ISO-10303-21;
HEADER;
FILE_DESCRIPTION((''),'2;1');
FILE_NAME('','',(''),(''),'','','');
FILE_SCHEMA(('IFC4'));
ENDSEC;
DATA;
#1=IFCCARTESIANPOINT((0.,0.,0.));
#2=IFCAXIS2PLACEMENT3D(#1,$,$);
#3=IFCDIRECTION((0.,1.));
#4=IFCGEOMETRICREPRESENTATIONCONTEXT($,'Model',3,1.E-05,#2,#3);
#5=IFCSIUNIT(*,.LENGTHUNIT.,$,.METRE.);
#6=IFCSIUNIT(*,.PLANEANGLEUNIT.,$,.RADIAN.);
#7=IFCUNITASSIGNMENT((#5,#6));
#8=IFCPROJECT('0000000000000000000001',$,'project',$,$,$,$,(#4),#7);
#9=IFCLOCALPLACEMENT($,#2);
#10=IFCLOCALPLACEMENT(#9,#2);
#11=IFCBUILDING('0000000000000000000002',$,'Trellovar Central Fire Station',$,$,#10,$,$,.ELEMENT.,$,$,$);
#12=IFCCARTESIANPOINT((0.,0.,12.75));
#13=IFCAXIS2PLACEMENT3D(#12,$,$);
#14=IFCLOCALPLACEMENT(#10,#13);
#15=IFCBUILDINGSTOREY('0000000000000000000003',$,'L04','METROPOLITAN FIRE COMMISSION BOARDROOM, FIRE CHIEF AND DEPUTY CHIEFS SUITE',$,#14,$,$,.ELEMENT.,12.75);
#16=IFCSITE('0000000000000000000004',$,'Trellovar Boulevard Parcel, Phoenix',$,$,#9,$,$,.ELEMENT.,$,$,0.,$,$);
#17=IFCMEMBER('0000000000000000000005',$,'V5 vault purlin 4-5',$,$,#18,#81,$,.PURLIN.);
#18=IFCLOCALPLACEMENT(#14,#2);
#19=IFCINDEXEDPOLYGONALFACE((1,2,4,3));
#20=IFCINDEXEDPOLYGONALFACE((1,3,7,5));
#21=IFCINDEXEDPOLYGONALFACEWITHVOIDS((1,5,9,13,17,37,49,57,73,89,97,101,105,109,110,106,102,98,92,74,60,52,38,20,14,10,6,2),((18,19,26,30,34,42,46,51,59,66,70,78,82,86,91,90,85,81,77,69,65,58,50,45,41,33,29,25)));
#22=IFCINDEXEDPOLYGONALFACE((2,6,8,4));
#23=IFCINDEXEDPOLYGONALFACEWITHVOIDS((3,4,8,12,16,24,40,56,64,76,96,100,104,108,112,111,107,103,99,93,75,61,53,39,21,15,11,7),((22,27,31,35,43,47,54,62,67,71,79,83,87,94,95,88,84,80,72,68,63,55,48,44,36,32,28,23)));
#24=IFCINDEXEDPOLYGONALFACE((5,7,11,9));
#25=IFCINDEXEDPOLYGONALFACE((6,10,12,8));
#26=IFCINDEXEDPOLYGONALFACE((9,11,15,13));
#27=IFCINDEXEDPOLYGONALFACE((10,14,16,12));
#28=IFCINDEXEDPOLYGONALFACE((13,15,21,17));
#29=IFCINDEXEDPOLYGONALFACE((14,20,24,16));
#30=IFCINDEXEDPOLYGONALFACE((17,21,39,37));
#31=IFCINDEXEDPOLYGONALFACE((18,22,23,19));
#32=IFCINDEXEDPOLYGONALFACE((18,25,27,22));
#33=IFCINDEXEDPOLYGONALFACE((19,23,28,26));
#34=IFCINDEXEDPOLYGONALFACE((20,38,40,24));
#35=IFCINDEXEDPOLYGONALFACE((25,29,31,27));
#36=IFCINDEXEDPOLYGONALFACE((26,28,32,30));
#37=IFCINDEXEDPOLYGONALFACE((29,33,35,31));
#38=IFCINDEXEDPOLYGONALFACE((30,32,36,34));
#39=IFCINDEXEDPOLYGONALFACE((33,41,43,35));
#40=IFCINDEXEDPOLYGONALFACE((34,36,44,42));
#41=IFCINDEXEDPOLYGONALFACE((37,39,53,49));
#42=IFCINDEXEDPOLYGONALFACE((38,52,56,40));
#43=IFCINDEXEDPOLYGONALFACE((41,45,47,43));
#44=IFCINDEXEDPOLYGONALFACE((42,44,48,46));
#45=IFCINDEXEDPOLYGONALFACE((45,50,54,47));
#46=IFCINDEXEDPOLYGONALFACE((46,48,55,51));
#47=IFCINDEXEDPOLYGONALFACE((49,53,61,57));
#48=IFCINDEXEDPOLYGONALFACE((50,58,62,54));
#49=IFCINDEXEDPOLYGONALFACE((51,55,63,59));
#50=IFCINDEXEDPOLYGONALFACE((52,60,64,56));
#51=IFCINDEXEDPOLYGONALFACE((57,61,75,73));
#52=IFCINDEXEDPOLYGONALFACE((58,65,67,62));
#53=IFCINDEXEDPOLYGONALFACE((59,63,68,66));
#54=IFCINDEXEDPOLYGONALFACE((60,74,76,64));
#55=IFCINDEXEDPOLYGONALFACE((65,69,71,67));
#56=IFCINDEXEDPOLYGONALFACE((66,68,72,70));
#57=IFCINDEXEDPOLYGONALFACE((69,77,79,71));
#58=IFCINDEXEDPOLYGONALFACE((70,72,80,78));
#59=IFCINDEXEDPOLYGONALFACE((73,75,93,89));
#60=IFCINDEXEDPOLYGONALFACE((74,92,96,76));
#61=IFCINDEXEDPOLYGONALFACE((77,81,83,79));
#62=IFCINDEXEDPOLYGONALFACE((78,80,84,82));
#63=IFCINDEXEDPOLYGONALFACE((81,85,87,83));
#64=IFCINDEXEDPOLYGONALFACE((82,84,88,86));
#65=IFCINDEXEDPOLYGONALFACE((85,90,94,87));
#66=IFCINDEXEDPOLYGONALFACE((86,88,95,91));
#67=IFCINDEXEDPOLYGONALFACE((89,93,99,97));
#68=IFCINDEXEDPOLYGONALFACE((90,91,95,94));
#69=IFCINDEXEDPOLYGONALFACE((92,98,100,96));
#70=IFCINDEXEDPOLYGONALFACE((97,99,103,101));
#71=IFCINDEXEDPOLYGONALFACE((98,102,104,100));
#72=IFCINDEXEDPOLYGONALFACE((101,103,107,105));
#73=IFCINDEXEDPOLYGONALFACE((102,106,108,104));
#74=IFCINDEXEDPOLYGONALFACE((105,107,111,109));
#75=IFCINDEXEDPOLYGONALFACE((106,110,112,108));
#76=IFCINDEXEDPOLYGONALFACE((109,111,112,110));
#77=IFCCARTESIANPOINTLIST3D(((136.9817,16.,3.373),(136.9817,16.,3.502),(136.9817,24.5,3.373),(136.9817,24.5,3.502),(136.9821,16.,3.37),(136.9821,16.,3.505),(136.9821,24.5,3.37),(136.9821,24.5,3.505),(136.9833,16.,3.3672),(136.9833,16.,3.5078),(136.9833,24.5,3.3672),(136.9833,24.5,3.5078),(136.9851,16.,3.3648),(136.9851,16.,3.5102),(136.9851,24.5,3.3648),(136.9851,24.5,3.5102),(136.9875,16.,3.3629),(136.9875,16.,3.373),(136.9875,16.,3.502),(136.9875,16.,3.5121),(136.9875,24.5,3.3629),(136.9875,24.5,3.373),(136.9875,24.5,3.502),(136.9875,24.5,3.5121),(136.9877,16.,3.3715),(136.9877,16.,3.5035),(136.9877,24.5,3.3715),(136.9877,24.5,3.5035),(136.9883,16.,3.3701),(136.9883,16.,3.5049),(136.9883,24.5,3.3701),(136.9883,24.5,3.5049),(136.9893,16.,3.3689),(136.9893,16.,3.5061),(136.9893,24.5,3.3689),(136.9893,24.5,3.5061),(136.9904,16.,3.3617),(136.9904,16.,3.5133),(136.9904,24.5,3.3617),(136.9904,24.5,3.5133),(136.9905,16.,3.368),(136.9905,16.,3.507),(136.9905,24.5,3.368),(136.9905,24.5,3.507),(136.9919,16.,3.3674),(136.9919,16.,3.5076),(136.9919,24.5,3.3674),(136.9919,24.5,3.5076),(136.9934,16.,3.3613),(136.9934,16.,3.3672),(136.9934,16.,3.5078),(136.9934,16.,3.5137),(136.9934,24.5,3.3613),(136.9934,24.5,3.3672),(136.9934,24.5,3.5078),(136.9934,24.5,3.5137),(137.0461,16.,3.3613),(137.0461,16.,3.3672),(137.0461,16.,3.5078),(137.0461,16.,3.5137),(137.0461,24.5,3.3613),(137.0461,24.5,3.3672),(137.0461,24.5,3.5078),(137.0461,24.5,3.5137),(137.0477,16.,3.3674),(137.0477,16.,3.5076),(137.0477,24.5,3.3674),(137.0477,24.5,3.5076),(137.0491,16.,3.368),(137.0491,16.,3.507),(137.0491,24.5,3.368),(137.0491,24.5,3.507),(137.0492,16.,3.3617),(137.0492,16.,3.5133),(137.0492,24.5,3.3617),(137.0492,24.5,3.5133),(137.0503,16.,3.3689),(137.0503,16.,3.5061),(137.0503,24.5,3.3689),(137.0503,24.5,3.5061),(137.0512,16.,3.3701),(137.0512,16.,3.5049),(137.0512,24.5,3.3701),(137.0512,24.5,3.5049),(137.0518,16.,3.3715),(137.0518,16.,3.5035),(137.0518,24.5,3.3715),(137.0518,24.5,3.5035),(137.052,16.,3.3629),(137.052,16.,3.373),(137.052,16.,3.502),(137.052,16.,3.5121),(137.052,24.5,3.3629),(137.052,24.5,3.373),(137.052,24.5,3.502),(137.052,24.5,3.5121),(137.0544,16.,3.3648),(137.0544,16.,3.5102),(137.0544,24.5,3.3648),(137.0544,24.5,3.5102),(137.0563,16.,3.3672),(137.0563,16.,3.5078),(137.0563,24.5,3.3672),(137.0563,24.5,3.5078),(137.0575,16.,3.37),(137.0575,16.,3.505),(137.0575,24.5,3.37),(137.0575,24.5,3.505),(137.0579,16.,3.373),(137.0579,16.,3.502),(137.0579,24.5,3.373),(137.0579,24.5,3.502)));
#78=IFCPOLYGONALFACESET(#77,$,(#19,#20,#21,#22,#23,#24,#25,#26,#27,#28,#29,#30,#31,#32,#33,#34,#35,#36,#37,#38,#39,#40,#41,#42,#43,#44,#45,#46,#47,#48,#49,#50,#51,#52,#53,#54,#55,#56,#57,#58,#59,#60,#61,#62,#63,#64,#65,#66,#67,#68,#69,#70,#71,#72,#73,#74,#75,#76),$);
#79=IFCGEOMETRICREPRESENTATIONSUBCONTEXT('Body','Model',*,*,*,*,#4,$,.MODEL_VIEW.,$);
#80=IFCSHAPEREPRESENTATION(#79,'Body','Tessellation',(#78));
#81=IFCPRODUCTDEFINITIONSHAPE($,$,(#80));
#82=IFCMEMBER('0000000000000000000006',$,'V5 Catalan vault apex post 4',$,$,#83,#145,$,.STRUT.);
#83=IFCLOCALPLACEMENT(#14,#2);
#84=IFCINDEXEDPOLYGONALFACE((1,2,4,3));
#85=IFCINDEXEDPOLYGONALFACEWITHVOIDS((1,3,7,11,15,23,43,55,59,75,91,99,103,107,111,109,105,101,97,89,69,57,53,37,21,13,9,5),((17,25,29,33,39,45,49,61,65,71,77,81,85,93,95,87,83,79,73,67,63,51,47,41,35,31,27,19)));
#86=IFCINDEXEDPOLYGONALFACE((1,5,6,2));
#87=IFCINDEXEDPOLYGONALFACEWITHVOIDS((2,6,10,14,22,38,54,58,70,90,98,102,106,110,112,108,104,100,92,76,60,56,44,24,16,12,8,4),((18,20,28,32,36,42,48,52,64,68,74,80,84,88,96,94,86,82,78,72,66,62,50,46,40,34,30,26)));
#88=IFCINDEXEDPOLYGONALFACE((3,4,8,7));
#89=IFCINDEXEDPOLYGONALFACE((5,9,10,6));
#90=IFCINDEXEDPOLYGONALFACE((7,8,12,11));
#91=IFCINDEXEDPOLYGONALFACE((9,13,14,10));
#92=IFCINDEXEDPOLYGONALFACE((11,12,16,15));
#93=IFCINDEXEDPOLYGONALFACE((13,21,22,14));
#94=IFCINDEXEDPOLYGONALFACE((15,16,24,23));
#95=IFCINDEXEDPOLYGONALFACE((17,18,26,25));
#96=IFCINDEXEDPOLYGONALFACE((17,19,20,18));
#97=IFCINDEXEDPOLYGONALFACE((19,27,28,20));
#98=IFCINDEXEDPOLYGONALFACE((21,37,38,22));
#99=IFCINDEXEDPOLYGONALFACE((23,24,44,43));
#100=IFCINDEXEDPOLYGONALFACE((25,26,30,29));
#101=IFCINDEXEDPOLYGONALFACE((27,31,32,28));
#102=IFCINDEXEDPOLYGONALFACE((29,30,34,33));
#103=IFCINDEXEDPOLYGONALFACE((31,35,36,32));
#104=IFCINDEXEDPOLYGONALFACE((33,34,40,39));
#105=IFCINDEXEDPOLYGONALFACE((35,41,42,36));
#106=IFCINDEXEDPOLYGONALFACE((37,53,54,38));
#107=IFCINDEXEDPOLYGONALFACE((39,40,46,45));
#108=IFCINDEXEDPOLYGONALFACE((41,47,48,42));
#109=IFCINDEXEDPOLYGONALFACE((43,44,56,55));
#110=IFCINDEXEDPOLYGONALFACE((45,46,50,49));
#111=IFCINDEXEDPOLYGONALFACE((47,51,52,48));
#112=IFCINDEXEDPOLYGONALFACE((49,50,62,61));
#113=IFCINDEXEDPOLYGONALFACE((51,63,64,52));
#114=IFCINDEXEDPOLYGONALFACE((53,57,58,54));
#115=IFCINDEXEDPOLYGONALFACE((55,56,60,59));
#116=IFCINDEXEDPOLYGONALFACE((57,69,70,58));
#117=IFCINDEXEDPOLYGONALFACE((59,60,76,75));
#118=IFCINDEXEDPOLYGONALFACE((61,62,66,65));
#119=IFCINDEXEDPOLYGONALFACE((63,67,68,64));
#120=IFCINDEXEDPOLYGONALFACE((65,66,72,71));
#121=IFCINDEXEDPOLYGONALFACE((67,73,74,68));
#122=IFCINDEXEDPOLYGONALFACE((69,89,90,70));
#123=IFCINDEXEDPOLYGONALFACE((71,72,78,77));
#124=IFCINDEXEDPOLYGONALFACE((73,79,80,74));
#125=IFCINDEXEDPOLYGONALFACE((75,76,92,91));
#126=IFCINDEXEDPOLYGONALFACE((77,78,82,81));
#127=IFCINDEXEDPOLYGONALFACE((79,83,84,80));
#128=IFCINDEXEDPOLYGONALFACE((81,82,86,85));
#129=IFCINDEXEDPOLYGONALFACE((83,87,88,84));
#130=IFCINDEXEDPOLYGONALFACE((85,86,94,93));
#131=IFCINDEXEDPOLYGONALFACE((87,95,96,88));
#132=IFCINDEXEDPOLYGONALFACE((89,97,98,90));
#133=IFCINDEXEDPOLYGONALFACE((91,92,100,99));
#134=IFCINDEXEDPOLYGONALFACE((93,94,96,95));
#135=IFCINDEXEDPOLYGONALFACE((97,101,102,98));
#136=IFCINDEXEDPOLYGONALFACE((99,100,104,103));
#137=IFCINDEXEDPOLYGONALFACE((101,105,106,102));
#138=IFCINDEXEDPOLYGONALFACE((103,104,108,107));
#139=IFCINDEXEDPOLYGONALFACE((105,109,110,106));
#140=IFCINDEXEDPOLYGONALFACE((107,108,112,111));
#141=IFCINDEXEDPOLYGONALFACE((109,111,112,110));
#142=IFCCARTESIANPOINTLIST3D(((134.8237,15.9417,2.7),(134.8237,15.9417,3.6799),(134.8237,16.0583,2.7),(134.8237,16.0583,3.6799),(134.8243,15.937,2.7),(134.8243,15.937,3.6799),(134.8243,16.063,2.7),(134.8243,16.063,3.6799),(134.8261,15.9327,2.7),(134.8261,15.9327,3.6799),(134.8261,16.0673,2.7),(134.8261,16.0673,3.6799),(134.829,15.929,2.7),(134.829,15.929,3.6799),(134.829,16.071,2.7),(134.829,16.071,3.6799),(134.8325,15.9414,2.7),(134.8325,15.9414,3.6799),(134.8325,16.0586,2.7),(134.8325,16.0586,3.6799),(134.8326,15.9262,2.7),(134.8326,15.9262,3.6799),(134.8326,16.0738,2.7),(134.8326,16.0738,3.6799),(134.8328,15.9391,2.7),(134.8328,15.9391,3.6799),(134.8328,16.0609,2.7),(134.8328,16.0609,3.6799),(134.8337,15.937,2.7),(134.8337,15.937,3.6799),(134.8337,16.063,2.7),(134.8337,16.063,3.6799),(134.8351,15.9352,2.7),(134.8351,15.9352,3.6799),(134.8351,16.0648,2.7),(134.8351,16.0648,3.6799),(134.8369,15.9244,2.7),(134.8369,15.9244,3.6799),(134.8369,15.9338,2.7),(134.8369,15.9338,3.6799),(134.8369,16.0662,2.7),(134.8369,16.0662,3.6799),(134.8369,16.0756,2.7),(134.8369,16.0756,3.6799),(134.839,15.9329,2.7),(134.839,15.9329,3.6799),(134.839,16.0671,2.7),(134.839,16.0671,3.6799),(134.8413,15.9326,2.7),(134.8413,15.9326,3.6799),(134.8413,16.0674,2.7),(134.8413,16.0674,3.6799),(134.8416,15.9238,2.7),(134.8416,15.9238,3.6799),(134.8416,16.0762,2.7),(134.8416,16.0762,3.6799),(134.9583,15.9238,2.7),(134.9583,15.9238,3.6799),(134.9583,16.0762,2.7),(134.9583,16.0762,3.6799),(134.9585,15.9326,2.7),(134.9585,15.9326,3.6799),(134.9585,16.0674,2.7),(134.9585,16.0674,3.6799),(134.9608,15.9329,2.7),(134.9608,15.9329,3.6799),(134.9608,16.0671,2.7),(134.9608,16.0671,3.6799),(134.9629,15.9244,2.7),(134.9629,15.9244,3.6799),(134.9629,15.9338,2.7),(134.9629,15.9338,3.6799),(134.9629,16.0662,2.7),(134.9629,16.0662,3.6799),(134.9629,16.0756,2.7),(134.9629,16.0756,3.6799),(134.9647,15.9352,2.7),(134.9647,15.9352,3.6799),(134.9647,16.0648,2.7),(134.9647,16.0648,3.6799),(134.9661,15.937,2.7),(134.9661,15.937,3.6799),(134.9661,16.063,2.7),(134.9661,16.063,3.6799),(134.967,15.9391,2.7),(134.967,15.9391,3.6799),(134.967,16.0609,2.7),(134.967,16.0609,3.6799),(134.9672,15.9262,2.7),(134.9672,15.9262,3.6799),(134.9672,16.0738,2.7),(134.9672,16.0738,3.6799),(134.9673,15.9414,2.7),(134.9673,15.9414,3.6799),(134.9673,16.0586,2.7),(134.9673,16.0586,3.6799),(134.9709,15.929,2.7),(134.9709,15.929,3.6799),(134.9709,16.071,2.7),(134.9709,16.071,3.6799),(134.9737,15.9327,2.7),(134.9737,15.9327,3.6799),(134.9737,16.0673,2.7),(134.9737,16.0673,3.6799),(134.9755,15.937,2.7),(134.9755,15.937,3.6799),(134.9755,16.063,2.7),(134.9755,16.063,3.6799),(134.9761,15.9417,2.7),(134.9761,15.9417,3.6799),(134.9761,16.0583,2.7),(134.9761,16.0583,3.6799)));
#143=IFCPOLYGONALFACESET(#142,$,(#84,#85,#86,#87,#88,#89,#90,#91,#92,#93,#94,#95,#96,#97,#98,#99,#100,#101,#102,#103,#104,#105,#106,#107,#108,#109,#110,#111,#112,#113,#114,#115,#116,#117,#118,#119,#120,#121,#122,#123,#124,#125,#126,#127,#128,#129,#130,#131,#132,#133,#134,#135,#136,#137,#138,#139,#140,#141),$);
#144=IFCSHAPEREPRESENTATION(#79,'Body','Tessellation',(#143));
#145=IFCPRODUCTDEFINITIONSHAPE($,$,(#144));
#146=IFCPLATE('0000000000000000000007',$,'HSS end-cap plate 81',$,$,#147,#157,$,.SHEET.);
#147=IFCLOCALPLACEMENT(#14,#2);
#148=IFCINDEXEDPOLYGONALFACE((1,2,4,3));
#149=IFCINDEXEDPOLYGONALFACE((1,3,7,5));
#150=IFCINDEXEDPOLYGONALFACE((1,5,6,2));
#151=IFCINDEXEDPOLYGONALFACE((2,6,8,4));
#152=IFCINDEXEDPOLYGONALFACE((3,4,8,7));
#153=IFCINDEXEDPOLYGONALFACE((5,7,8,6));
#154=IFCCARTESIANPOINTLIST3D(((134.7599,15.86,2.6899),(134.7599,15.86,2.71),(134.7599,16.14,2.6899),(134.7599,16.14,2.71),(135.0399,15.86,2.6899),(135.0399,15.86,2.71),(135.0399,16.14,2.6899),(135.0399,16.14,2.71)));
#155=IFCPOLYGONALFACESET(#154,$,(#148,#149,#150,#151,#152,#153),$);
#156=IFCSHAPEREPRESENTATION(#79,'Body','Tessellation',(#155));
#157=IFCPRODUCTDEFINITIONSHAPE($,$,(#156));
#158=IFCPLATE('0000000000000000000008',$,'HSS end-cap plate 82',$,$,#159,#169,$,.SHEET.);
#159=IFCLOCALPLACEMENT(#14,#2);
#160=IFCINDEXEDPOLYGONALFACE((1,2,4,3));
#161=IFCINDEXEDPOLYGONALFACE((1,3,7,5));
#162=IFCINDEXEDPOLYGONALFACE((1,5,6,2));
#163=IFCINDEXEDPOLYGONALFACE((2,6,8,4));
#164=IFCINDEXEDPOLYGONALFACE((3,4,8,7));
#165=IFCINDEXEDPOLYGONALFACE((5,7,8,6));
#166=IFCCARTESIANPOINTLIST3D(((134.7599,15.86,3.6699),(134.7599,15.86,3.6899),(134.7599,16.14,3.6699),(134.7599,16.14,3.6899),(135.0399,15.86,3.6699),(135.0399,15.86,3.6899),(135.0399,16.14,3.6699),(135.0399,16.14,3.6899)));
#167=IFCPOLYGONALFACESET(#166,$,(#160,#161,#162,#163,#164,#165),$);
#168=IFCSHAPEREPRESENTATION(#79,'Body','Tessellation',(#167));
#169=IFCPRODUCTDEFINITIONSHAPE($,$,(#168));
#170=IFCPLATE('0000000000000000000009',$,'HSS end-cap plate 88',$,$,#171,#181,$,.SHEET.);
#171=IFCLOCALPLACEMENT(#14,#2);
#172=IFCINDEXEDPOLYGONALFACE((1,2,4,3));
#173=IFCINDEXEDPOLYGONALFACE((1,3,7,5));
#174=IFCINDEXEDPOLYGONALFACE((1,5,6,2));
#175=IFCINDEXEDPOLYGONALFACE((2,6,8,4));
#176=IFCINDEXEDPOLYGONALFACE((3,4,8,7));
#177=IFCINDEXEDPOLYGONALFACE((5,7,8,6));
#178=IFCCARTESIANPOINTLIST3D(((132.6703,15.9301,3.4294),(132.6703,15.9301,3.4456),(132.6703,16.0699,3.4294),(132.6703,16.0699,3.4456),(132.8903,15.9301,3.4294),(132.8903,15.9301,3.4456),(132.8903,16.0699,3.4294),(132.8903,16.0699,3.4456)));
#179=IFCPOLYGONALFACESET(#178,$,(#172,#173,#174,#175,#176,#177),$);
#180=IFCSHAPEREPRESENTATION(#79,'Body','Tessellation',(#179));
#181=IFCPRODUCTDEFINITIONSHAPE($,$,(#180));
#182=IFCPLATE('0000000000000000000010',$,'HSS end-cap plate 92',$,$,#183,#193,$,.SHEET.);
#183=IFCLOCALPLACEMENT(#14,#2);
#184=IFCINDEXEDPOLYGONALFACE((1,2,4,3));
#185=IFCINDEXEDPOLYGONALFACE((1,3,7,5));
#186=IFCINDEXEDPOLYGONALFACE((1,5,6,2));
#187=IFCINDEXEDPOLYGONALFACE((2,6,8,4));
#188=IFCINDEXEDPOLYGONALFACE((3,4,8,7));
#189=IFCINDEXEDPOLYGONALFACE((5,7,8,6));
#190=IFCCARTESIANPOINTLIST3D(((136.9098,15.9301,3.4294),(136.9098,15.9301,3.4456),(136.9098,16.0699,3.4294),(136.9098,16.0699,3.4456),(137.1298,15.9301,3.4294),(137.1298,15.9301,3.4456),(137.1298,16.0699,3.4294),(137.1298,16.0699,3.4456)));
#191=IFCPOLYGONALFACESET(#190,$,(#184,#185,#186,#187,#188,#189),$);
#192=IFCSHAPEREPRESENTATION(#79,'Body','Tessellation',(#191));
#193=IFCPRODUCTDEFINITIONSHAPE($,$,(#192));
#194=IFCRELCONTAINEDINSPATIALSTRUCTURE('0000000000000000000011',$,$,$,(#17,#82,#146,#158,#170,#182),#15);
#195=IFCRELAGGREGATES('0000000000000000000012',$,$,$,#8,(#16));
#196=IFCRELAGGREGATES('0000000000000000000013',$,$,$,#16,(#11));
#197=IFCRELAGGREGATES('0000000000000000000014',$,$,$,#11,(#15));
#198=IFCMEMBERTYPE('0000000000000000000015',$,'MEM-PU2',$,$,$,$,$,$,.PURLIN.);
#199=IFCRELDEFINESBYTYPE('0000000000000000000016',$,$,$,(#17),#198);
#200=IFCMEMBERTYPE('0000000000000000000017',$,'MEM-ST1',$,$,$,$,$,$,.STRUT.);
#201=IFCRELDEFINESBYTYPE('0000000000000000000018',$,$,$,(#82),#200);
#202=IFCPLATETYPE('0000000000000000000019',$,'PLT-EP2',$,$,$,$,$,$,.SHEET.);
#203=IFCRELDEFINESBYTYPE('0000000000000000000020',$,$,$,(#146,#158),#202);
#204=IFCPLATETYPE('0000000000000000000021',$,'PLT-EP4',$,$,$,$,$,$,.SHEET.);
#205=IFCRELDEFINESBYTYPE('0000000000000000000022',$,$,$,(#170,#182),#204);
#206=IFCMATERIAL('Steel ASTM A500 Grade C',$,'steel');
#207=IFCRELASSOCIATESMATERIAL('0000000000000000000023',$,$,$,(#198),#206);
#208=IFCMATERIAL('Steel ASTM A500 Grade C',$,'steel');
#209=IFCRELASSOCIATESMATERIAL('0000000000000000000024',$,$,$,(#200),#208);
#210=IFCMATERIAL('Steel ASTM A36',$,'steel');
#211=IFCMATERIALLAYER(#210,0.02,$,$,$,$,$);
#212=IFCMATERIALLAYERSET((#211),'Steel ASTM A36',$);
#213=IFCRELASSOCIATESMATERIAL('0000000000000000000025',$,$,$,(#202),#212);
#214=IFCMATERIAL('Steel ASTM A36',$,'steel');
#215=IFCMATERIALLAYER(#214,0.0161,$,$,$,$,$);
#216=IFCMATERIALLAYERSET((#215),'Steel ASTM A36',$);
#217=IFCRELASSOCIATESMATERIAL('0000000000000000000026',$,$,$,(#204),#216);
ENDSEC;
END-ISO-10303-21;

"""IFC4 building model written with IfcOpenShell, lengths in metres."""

from ifc_helpers import new_model, si_unit, direction, frame, origin, origin_2d, place, context, subcontext, project, spatial, rectangle, hollow_rectangle, extrude, material, layer, layer_set, material_profile, profile_set, type_object, element, save


model = new_model("IFC4")

# Units and contexts
model_context = context("Model", 3, precision=1e-05, world=origin(), true_north=direction((0.0, 1.0)))
body_context = subcontext(model_context, "Body", "Model", "MODEL_VIEW")
ifc_project = project(units=[si_unit("LENGTHUNIT", "METRE"), si_unit("PLANEANGLEUNIT", "RADIAN")], contexts=[model_context])

# Site, building, storey
site_placement = place(None, origin())
site = spatial("IfcSite", under=ifc_project, at=site_placement, Name="Trellovar Boulevard Parcel, Phoenix", CompositionType="ELEMENT", RefElevation=0.0)
building_placement = place(site_placement, origin())
building = spatial("IfcBuilding", under=site, at=building_placement, Name="Trellovar Central Fire Station", CompositionType="ELEMENT")
storey_placement = place(building_placement, frame((0.0, 0.0, 12.75)))
storey = spatial("IfcBuildingStorey", under=building, at=storey_placement, Name="L04", Description="METROPOLITAN FIRE COMMISSION BOARDROOM, FIRE CHIEF AND DEPUTY CHIEFS SUITE", CompositionType="ELEMENT", Elevation=12.75)

# Members
ifc_material_1 = material(Name="Steel ASTM A500 Grade C", Category="steel")
ifc_material_profile_1 = material_profile(ifc_material_1, hollow_rectangle(XDim=0.0762, YDim=0.1523, WallThickness=0.0059, InnerFilletRadius=0.0059, OuterFilletRadius=0.0117, at=origin_2d()), Name="HSS6X3X1/4")
ifc_profile_set_1 = profile_set([ifc_material_profile_1], Name="Steel ASTM A500 Grade C")
member_type_1 = type_object("IfcMemberType", Name="MEM-PU2", PredefinedType="PURLIN", material=ifc_profile_set_1)
for number, where, z_axis, x_axis, name in (
    (1, (137.0198, 16.0, 3.4375), (0.0, 1.0, 0.0), (-1.0, 0.0, 0.0), "V5 vault purlin 4-5"),
):
    element("IfcMember", number, at=place(storey_placement, frame(where, z_axis=z_axis, x_axis=x_axis)), inside=storey, type_object=member_type_1, Name=name, PredefinedType="PURLIN", context=body_context, shape_type="SweptSolid", body=[
        extrude(hollow_rectangle(XDim=0.0762, YDim=0.1523, WallThickness=0.0059, InnerFilletRadius=0.0059, OuterFilletRadius=0.0117, at=origin_2d()), origin(), (0.0, 0.0, 1.0), 8.5),
    ])
ifc_material_2 = material(Name="Steel ASTM A500 Grade C", Category="steel")
ifc_material_profile_2 = material_profile(ifc_material_2, hollow_rectangle(XDim=0.1523, YDim=0.1523, WallThickness=0.0088, InnerFilletRadius=0.0088, OuterFilletRadius=0.0178, at=origin_2d()), Name="HSS6X6X3/8")
ifc_profile_set_2 = profile_set([ifc_material_profile_2], Name="Steel ASTM A500 Grade C")
member_type_2 = type_object("IfcMemberType", Name="MEM-ST1", PredefinedType="STRUT", material=ifc_profile_set_2)
member_1_placement = place(storey_placement, frame((134.8999, 16.0, 2.7), z_axis=(0.0, 0.0, 1.0), x_axis=(1.0, 0.0, 0.0)))
element("IfcMember", 2, at=member_1_placement, inside=storey, type_object=member_type_2, Name="V5 Catalan vault apex post 4", PredefinedType="STRUT", context=body_context, shape_type="SweptSolid", body=[
    extrude(hollow_rectangle(XDim=0.1523, YDim=0.1523, WallThickness=0.0088, InnerFilletRadius=0.0088, OuterFilletRadius=0.0178, at=origin_2d()), origin(), (0.0, 0.0, 1.0), 0.98),
])

# Plates
ifc_material_3 = material(Name="Steel ASTM A36", Category="steel")
ifc_layer_1 = layer(ifc_material_3, 0.02)
ifc_layer_set_1 = layer_set([ifc_layer_1], Name="Steel ASTM A36")
plate_type_1 = type_object("IfcPlateType", Name="PLT-EP2", PredefinedType="SHEET", material=ifc_layer_set_1)
for number, where, z_axis, x_axis, name in (
    (3, (134.8999, 16.0, 2.6899), (0.0, 0.0, 1.0), (1.0, 0.0, 0.0), "HSS end-cap plate 81"),
    (4, (134.8999, 16.0, 3.6699), (0.0, 0.0, 1.0), (1.0, 0.0, 0.0), "HSS end-cap plate 82"),
):
    element("IfcPlate", number, at=place(storey_placement, frame(where, z_axis=z_axis, x_axis=x_axis)), inside=storey, type_object=plate_type_1, Name=name, PredefinedType="SHEET", context=body_context, shape_type="SweptSolid", body=[
        extrude(rectangle(XDim=0.28, YDim=0.28, at=origin_2d()), origin(), (0.0, 0.0, 1.0), 0.02),
    ])
ifc_material_4 = material(Name="Steel ASTM A36", Category="steel")
ifc_layer_2 = layer(ifc_material_4, 0.0161)
ifc_layer_set_2 = layer_set([ifc_layer_2], Name="Steel ASTM A36")
plate_type_2 = type_object("IfcPlateType", Name="PLT-EP4", PredefinedType="SHEET", material=ifc_layer_set_2)
for number, where, z_axis, x_axis, name in (
    (5, (132.7803, 16.0, 3.4294), (0.0, 0.0, 1.0), (1.0, 0.0, 0.0), "HSS end-cap plate 88"),
    (6, (137.0198, 16.0, 3.4294), (0.0, 0.0, 1.0), (1.0, 0.0, 0.0), "HSS end-cap plate 92"),
):
    element("IfcPlate", number, at=place(storey_placement, frame(where, z_axis=z_axis, x_axis=x_axis)), inside=storey, type_object=plate_type_2, Name=name, PredefinedType="SHEET", context=body_context, shape_type="SweptSolid", body=[
        extrude(rectangle(XDim=0.22, YDim=0.1399, at=origin_2d()), origin(), (0.0, 0.0, 1.0), 0.0161),
    ])

save(model, "model.ifc")
